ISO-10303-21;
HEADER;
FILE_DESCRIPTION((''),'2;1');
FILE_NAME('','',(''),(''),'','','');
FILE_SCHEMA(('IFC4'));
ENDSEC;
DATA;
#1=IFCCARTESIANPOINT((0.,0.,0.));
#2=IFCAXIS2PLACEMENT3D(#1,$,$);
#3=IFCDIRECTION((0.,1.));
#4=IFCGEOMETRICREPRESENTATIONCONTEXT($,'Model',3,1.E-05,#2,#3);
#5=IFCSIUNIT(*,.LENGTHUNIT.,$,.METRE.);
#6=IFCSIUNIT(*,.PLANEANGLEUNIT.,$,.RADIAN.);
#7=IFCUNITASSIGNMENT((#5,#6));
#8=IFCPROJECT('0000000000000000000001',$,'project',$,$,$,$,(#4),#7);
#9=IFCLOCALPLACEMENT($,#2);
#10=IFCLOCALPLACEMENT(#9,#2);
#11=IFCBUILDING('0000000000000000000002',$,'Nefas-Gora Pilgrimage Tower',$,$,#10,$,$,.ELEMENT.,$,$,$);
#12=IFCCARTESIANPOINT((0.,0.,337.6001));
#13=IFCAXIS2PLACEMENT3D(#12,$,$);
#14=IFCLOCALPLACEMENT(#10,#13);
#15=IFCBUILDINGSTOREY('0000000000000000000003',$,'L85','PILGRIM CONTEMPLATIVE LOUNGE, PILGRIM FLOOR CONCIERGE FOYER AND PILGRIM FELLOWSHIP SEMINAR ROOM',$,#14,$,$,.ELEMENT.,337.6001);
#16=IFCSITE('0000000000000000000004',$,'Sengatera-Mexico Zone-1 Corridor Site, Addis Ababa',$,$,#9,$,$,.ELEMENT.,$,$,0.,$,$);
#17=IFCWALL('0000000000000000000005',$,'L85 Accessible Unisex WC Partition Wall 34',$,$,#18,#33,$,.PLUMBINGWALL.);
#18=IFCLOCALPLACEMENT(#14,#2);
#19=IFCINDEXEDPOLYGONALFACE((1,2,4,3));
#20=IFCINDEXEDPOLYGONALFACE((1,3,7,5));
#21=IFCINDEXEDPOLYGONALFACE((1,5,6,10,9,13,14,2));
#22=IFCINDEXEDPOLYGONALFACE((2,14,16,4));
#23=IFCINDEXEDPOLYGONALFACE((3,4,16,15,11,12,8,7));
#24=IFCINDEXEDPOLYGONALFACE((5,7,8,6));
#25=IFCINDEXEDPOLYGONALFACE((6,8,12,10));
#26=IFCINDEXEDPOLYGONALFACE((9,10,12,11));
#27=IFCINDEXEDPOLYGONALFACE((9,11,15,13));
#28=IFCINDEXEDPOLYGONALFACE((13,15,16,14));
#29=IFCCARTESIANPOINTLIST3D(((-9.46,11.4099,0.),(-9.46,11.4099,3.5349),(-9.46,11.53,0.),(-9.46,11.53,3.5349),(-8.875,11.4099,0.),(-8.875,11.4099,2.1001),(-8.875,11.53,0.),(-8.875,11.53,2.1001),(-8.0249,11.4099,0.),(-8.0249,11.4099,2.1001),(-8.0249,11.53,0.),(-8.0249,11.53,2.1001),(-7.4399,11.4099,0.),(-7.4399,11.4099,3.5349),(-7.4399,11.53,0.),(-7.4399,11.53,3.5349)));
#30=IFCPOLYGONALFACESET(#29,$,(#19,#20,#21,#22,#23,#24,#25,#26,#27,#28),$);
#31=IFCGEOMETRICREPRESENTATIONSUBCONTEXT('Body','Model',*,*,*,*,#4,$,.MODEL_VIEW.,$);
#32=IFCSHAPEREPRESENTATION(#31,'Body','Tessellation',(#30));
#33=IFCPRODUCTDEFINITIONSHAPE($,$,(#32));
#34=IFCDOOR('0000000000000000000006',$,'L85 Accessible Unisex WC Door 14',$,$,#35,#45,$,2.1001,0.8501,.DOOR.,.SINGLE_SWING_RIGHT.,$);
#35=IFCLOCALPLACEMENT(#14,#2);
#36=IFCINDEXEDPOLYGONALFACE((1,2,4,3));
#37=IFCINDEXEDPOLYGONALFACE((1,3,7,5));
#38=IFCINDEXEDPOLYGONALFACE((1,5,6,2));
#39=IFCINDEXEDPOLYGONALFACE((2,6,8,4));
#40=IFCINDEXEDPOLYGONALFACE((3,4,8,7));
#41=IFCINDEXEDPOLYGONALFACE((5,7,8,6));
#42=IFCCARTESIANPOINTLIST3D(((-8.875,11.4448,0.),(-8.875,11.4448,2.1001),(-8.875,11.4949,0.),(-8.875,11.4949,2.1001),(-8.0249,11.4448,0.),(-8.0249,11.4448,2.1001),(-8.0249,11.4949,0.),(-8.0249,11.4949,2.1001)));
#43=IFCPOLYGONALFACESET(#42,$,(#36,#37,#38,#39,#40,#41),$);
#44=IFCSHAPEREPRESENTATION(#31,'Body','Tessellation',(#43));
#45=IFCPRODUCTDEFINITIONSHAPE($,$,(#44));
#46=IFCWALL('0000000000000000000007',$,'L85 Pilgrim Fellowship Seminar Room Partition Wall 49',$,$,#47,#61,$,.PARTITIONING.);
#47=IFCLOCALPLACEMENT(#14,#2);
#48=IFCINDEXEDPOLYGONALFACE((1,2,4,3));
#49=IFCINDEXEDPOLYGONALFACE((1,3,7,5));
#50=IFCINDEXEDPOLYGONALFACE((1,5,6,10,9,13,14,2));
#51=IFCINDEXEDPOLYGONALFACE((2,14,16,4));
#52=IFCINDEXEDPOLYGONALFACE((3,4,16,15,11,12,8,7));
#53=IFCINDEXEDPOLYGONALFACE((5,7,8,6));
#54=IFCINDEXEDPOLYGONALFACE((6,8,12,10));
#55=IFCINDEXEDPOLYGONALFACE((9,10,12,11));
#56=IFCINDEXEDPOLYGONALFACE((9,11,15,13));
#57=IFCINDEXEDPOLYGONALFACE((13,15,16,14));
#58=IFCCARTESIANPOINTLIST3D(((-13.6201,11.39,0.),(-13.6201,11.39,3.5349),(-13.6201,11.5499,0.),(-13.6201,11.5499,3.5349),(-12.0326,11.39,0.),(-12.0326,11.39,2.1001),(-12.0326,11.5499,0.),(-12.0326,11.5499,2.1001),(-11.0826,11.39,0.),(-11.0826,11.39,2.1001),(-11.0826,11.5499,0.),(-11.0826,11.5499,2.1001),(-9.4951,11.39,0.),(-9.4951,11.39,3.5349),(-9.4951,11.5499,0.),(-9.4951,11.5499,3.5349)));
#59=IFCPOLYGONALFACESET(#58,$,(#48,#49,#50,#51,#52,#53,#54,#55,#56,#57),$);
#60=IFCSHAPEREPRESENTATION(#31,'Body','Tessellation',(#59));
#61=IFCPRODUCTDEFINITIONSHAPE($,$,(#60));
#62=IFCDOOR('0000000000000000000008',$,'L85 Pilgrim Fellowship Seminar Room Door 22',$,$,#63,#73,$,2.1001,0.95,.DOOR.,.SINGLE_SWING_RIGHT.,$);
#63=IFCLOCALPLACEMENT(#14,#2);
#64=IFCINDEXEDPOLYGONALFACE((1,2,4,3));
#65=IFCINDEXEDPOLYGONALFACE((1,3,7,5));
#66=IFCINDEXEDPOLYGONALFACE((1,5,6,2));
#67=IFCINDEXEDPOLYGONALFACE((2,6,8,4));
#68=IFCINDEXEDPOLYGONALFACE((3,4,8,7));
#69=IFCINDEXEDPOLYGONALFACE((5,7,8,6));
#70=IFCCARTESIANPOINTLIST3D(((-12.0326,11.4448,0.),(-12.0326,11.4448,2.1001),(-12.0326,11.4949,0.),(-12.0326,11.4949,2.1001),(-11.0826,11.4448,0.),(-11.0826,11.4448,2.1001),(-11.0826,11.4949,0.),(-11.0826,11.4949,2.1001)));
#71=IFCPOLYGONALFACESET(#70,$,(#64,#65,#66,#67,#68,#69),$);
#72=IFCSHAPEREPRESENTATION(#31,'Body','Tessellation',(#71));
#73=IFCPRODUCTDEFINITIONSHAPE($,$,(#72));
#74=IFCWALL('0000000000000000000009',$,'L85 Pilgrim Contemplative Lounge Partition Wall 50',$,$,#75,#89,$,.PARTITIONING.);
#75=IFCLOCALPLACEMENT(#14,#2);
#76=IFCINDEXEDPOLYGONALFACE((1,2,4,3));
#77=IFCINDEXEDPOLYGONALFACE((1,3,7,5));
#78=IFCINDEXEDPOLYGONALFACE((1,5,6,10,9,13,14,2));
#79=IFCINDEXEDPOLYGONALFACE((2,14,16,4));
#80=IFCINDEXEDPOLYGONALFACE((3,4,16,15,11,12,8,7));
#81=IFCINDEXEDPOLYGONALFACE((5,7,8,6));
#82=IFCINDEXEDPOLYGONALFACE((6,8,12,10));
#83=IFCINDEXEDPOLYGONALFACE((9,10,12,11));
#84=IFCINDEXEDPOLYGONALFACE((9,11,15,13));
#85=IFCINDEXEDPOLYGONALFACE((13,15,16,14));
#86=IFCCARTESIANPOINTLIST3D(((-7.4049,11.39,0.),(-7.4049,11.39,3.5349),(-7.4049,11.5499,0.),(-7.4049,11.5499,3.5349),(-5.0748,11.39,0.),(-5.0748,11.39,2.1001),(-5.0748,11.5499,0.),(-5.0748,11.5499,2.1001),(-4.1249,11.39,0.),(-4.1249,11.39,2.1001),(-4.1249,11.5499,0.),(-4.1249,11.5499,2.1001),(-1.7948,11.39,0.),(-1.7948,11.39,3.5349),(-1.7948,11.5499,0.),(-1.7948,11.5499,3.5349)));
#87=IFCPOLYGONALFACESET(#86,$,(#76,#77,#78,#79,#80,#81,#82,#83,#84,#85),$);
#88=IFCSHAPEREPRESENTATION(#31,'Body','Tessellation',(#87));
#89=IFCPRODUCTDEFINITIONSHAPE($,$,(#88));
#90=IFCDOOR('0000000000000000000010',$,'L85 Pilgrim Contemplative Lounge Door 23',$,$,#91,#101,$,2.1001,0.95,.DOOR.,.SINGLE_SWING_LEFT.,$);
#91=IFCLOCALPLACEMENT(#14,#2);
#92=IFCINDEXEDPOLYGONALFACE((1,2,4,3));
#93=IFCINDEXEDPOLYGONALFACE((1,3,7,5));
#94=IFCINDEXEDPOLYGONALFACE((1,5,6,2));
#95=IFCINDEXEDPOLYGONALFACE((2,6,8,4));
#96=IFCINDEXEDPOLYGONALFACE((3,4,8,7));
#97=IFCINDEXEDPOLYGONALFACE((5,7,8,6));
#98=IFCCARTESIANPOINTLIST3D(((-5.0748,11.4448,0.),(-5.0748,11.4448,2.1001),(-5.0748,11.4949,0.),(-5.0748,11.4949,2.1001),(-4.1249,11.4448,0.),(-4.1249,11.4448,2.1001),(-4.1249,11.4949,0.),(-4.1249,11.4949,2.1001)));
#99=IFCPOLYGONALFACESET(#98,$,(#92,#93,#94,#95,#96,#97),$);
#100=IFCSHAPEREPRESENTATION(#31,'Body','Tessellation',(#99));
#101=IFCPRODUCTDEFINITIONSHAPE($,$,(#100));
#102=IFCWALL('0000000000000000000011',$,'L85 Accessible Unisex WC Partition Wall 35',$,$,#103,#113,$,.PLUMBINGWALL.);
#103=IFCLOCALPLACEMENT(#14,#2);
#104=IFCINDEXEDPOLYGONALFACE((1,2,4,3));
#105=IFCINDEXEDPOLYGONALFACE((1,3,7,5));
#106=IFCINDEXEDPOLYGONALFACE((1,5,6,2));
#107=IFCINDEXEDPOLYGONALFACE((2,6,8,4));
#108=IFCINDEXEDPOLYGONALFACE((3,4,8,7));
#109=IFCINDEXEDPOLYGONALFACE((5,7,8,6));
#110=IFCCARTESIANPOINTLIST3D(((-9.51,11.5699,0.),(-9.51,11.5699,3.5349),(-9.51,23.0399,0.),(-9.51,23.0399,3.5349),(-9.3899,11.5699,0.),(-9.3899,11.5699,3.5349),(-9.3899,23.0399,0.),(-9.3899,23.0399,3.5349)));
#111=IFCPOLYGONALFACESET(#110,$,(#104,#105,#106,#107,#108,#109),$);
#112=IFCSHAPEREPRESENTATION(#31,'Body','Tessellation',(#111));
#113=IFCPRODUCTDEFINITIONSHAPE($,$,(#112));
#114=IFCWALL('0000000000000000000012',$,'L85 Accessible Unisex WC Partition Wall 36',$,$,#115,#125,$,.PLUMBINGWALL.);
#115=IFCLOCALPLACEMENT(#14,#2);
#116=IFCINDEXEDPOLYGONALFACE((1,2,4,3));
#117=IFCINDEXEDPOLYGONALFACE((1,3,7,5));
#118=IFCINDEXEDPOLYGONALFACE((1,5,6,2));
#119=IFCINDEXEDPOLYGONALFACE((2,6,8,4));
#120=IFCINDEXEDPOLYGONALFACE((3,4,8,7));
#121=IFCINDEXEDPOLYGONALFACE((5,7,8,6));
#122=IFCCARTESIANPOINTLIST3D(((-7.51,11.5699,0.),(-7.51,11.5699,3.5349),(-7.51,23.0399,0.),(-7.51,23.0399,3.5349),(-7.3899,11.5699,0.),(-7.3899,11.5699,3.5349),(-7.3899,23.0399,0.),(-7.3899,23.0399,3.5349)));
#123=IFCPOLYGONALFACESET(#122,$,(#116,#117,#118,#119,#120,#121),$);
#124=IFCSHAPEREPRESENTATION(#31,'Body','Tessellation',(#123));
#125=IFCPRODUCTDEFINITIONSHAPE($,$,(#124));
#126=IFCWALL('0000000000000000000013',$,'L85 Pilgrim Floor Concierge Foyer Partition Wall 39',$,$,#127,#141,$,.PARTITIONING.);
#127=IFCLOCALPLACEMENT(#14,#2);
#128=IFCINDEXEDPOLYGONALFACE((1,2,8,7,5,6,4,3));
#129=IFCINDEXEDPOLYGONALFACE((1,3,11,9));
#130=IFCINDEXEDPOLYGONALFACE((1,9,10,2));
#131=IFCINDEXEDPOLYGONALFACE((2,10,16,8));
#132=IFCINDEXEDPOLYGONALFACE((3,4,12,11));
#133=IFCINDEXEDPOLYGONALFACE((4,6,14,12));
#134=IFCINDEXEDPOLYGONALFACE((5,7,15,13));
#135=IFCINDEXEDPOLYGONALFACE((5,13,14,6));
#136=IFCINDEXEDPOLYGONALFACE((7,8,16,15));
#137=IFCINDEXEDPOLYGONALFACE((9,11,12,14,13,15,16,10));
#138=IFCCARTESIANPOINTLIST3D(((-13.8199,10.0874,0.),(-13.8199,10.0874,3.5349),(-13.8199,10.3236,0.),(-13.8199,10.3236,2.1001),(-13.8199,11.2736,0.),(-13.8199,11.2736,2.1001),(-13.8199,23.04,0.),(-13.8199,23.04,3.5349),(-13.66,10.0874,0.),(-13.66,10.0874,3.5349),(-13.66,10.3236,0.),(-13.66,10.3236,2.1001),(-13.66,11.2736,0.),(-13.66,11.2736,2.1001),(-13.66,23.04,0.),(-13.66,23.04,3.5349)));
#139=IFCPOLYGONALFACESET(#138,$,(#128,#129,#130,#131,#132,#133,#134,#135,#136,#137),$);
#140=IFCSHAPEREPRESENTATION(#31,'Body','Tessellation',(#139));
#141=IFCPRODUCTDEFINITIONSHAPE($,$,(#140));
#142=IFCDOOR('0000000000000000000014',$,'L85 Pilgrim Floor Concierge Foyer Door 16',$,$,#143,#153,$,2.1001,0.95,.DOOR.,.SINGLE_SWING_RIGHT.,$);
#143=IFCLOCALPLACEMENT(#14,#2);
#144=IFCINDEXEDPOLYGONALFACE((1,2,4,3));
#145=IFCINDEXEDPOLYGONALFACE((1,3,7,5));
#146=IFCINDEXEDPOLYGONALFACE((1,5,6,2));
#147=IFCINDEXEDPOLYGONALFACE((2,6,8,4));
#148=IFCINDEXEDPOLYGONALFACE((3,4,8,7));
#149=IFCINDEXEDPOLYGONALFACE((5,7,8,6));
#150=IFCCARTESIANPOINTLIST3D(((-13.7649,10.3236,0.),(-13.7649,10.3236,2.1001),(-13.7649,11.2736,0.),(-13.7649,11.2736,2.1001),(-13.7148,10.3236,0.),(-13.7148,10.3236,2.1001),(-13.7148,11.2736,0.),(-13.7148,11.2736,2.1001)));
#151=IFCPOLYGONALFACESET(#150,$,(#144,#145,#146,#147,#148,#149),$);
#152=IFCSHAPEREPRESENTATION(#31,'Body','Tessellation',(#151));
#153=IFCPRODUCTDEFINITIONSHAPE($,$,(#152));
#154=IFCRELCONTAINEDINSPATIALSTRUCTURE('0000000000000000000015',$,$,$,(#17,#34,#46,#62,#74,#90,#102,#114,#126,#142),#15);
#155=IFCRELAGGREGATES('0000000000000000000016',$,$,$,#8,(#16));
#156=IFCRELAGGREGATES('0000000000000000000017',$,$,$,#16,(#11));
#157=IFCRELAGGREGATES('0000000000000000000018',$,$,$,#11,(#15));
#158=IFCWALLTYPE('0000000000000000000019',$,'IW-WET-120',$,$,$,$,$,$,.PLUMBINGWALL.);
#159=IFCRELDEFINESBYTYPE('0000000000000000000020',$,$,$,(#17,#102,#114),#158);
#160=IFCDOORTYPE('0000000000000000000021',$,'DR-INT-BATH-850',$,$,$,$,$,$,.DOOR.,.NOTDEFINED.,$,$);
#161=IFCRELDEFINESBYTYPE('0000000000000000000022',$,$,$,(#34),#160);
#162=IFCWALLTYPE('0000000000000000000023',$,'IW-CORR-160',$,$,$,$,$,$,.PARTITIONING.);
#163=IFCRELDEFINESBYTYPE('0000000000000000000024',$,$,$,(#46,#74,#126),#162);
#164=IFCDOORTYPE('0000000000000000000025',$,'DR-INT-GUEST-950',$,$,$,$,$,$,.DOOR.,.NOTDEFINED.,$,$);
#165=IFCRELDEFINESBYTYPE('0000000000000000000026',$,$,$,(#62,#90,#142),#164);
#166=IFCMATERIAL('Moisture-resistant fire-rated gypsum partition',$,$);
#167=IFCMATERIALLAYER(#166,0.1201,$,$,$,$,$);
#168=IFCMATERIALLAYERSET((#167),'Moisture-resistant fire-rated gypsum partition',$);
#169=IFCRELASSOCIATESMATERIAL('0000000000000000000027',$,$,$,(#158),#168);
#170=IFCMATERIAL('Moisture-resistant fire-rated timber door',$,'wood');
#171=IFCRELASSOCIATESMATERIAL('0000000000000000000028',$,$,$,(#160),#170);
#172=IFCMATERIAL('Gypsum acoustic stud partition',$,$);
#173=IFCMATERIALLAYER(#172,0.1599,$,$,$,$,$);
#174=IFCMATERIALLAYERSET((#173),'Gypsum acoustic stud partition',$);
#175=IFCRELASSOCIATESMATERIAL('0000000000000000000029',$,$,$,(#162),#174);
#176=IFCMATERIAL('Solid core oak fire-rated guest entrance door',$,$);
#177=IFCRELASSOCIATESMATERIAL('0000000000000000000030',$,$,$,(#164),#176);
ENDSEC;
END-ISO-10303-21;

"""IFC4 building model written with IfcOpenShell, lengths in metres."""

from ifc_helpers import new_model, si_unit, direction, frame, frame_2d, origin, place, context, subcontext, project, spatial, rectangle, extrude, source, transform, mapped, material, layer, layer_set, type_object, element, fill, save


model = new_model("IFC4")

# Units and contexts
model_context = context("Model", 3, precision=1e-05, world=origin(), true_north=direction((0.0, 1.0)))
body_context = subcontext(model_context, "Body", "Model", "MODEL_VIEW")
ifc_project = project(units=[si_unit("LENGTHUNIT", "METRE"), si_unit("PLANEANGLEUNIT", "RADIAN")], contexts=[model_context])

# Site, building, storey
site_placement = place(None, origin())
site = spatial("IfcSite", under=ifc_project, at=site_placement, Name="Sengatera-Mexico Zone-1 Corridor Site, Addis Ababa", CompositionType="ELEMENT", RefElevation=0.0)
building_placement = place(site_placement, origin())
building = spatial("IfcBuilding", under=site, at=building_placement, Name="Nefas-Gora Pilgrimage Tower", CompositionType="ELEMENT")
storey_placement = place(building_placement, frame((0.0, 0.0, 337.6001)))
storey = spatial("IfcBuildingStorey", under=building, at=storey_placement, Name="L85", Description="PILGRIM CONTEMPLATIVE LOUNGE, PILGRIM FLOOR CONCIERGE FOYER AND PILGRIM FELLOWSHIP SEMINAR ROOM", CompositionType="ELEMENT", Elevation=337.6001)

# Walls, openings, doors
ifc_material_1 = material(Name="Moisture-resistant fire-rated gypsum partition")
ifc_layer_1 = layer(ifc_material_1, 0.1201)
ifc_layer_set_1 = layer_set([ifc_layer_1], Name="Moisture-resistant fire-rated gypsum partition")
wall_type_1 = type_object("IfcWallType", Name="IW-WET-120", PredefinedType="PLUMBINGWALL", material=ifc_layer_set_1)
shared_shape_1 = source(origin(), body_context, "Body", "SweptSolid", [
    extrude(rectangle(XDim=2.02, YDim=0.1201, at=frame_2d((1.01, 0.0))), origin(), (0.0, 0.0, 1.0), 3.5349),
])
wall_1_placement = place(storey_placement, frame((-9.46, 11.47, 0.0), z_axis=(0.0, 0.0, 1.0), x_axis=(1.0, 0.0, 0.0)))
wall_1 = element("IfcWall", 1, at=wall_1_placement, inside=storey, type_object=wall_type_1, Name="L85 Accessible Unisex WC Partition Wall 34", PredefinedType="PLUMBINGWALL", context=body_context, shape_type="MappedRepresentation", body=[
    mapped(shared_shape_1, transform((0.0, 0.0, 0.0), x_axis=(1.0, 0.0, 0.0), y_axis=(0.0, 1.0, 0.0), z_axis=(0.0, 0.0, 1.0), scale=1.0)),
])
opening_1_placement = place(wall_1_placement, frame((0.585, 0.0, 0.0)))
opening_1 = element("IfcOpeningElement", 2, at=opening_1_placement, cuts=wall_1, PredefinedType="OPENING", context=body_context, shape_type="SweptSolid", body=[
    extrude(rectangle(XDim=0.8501, YDim=2.1001, at=frame_2d((0.425, 1.05))), frame((0.0, 0.0701, 0.0), z_axis=(0.0, -1.0, 0.0), x_axis=(1.0, 0.0, 0.0)), (0.0, 0.0, 1.0), 0.1401),
])
ifc_material_2 = material(Name="Moisture-resistant fire-rated timber door", Category="wood")
door_type_1 = type_object("IfcDoorType", Name="DR-INT-BATH-850", OperationType="NOTDEFINED", PredefinedType="DOOR", material=ifc_material_2)
shared_shape_2 = source(origin(), body_context, "Body", "SweptSolid", [
    extrude(rectangle(XDim=0.8501, YDim=2.1001, at=frame_2d((0.425, 1.05))), frame((0.0, 0.0249, 0.0), z_axis=(0.0, -1.0, 0.0), x_axis=(1.0, 0.0, 0.0)), (0.0, 0.0, 1.0), 0.05),
])
door_1_placement = place(opening_1_placement, origin())
door_1 = element("IfcDoor", 3, at=door_1_placement, inside=storey, type_object=door_type_1, Name="L85 Accessible Unisex WC Door 14", OperationType="SINGLE_SWING_RIGHT", OverallHeight=2.1001, OverallWidth=0.8501, PredefinedType="DOOR", context=body_context, shape_type="MappedRepresentation", body=[
    mapped(shared_shape_2, transform((0.0, 0.0, 0.0), x_axis=(1.0, 0.0, 0.0), y_axis=(0.0, 1.0, 0.0), z_axis=(0.0, 0.0, 1.0), scale=1.0)),
])
fill(opening_1, door_1)
ifc_material_3 = material(Name="Gypsum acoustic stud partition")
ifc_layer_2 = layer(ifc_material_3, 0.1599)
ifc_layer_set_2 = layer_set([ifc_layer_2], Name="Gypsum acoustic stud partition")
wall_type_2 = type_object("IfcWallType", Name="IW-CORR-160", PredefinedType="PARTITIONING", material=ifc_layer_set_2)
shared_shape_3 = source(origin(), body_context, "Body", "SweptSolid", [
    extrude(rectangle(XDim=4.125, YDim=0.1599, at=frame_2d((2.0625, 0.0))), origin(), (0.0, 0.0, 1.0), 3.5349),
])
wall_2_placement = place(storey_placement, frame((-13.6201, 11.47, 0.0), z_axis=(0.0, 0.0, 1.0), x_axis=(1.0, 0.0, 0.0)))
wall_2 = element("IfcWall", 4, at=wall_2_placement, inside=storey, type_object=wall_type_2, Name="L85 Pilgrim Fellowship Seminar Room Partition Wall 49", PredefinedType="PARTITIONING", context=body_context, shape_type="MappedRepresentation", body=[
    mapped(shared_shape_3, transform((0.0, 0.0, 0.0), x_axis=(1.0, 0.0, 0.0), y_axis=(0.0, 1.0, 0.0), z_axis=(0.0, 0.0, 1.0), scale=1.0)),
])
opening_2_placement = place(wall_2_placement, frame((1.5874, 0.0, 0.0)))
opening_2 = element("IfcOpeningElement", 5, at=opening_2_placement, cuts=wall_2, PredefinedType="OPENING", context=body_context, shape_type="SweptSolid", body=[
    extrude(rectangle(XDim=0.95, YDim=2.1001, at=frame_2d((0.4751, 1.05))), frame((0.0, 0.0898, 0.0), z_axis=(0.0, -1.0, 0.0), x_axis=(1.0, 0.0, 0.0)), (0.0, 0.0, 1.0), 0.1799),
])
ifc_material_4 = material(Name="Solid core oak fire-rated guest entrance door")
door_type_2 = type_object("IfcDoorType", Name="DR-INT-GUEST-950", OperationType="NOTDEFINED", PredefinedType="DOOR", material=ifc_material_4)
shared_shape_4 = source(origin(), body_context, "Body", "SweptSolid", [
    extrude(rectangle(XDim=0.95, YDim=2.1001, at=frame_2d((0.4751, 1.05))), frame((0.0, 0.0249, 0.0), z_axis=(0.0, -1.0, 0.0), x_axis=(1.0, 0.0, 0.0)), (0.0, 0.0, 1.0), 0.05),
])
door_2_placement = place(opening_2_placement, origin())
door_2 = element("IfcDoor", 6, at=door_2_placement, inside=storey, type_object=door_type_2, Name="L85 Pilgrim Fellowship Seminar Room Door 22", OperationType="SINGLE_SWING_RIGHT", OverallHeight=2.1001, OverallWidth=0.95, PredefinedType="DOOR", context=body_context, shape_type="MappedRepresentation", body=[
    mapped(shared_shape_4, transform((0.0, 0.0, 0.0), x_axis=(1.0, 0.0, 0.0), y_axis=(0.0, 1.0, 0.0), z_axis=(0.0, 0.0, 1.0), scale=1.0)),
])
fill(opening_2, door_2)
shared_shape_5 = source(origin(), body_context, "Body", "SweptSolid", [
    extrude(rectangle(XDim=5.6101, YDim=0.1599, at=frame_2d((2.8052, 0.0))), origin(), (0.0, 0.0, 1.0), 3.5349),
])
wall_3_placement = place(storey_placement, frame((-7.405, 11.47, 0.0), z_axis=(0.0, 0.0, 1.0), x_axis=(1.0, 0.0, 0.0)))
wall_3 = element("IfcWall", 7, at=wall_3_placement, inside=storey, type_object=wall_type_2, Name="L85 Pilgrim Contemplative Lounge Partition Wall 50", PredefinedType="PARTITIONING", context=body_context, shape_type="MappedRepresentation", body=[
    mapped(shared_shape_5, transform((0.0, 0.0, 0.0), x_axis=(1.0, 0.0, 0.0), y_axis=(0.0, 1.0, 0.0), z_axis=(0.0, 0.0, 1.0), scale=1.0)),
])
opening_3_placement = place(wall_3_placement, frame((2.3301, 0.0, 0.0)))
opening_3 = element("IfcOpeningElement", 8, at=opening_3_placement, cuts=wall_3, PredefinedType="OPENING", context=body_context, shape_type="SweptSolid", body=[
    extrude(rectangle(XDim=0.95, YDim=2.1001, at=frame_2d((0.4751, 1.05))), frame((0.0, 0.0898, 0.0), z_axis=(0.0, -1.0, 0.0), x_axis=(1.0, 0.0, 0.0)), (0.0, 0.0, 1.0), 0.1799),
])
door_3_placement = place(opening_3_placement, origin())
door_3 = element("IfcDoor", 9, at=door_3_placement, inside=storey, type_object=door_type_2, Name="L85 Pilgrim Contemplative Lounge Door 23", OperationType="SINGLE_SWING_LEFT", OverallHeight=2.1001, OverallWidth=0.95, PredefinedType="DOOR", context=body_context, shape_type="MappedRepresentation", body=[
    mapped(shared_shape_4, transform((0.0, 0.0, 0.0), x_axis=(1.0, 0.0, 0.0), y_axis=(0.0, 1.0, 0.0), z_axis=(0.0, 0.0, 1.0), scale=1.0)),
])
fill(opening_3, door_3)

# Walls
shared_shape_6 = source(origin(), body_context, "Body", "SweptSolid", [
    extrude(rectangle(XDim=11.47, YDim=0.1201, at=frame_2d((5.7349, 0.0))), origin(), (0.0, 0.0, 1.0), 3.5349),
])
for number, where, z_axis, x_axis, name in (
    (10, (-9.45, 11.5701, 0.0), (0.0, 0.0, 1.0), (0.0, 1.0, 0.0), "L85 Accessible Unisex WC Partition Wall 35"),
    (11, (-7.45, 11.5701, 0.0), (0.0, 0.0, 1.0), (0.0, 1.0, 0.0), "L85 Accessible Unisex WC Partition Wall 36"),
):
    element("IfcWall", number, at=place(storey_placement, frame(where, z_axis=z_axis, x_axis=x_axis)), inside=storey, type_object=wall_type_1, Name=name, PredefinedType="PLUMBINGWALL", context=body_context, shape_type="MappedRepresentation", body=[
        mapped(shared_shape_6, transform((0.0, 0.0, 0.0), x_axis=(1.0, 0.0, 0.0), y_axis=(0.0, 1.0, 0.0), z_axis=(0.0, 0.0, 1.0), scale=1.0)),
    ])

# Wall, opening, door
shared_shape_7 = source(origin(), body_context, "Body", "SweptSolid", [
    extrude(rectangle(XDim=12.9526, YDim=0.1599, at=frame_2d((6.4763, 0.0))), origin(), (0.0, 0.0, 1.0), 3.5349),
])
wall_4_placement = place(storey_placement, frame((-13.74, 10.0874, 0.0), z_axis=(0.0, 0.0, 1.0), x_axis=(0.0, 1.0, 0.0)))
wall_4 = element("IfcWall", 12, at=wall_4_placement, inside=storey, type_object=wall_type_2, Name="L85 Pilgrim Floor Concierge Foyer Partition Wall 39", PredefinedType="PARTITIONING", context=body_context, shape_type="MappedRepresentation", body=[
    mapped(shared_shape_7, transform((0.0, 0.0, 0.0), x_axis=(1.0, 0.0, 0.0), y_axis=(0.0, 1.0, 0.0), z_axis=(0.0, 0.0, 1.0), scale=1.0)),
])
opening_4_placement = place(wall_4_placement, frame((0.2361, 0.0, 0.0)))
opening_4 = element("IfcOpeningElement", 13, at=opening_4_placement, cuts=wall_4, PredefinedType="OPENING", context=body_context, shape_type="SweptSolid", body=[
    extrude(rectangle(XDim=0.95, YDim=2.1001, at=frame_2d((0.4751, 1.05))), frame((0.0, 0.0898, 0.0), z_axis=(0.0, -1.0, 0.0), x_axis=(1.0, 0.0, 0.0)), (0.0, 0.0, 1.0), 0.1799),
])
door_4_placement = place(opening_4_placement, origin())
door_4 = element("IfcDoor", 14, at=door_4_placement, inside=storey, type_object=door_type_2, Name="L85 Pilgrim Floor Concierge Foyer Door 16", OperationType="SINGLE_SWING_RIGHT", OverallHeight=2.1001, OverallWidth=0.95, PredefinedType="DOOR", context=body_context, shape_type="MappedRepresentation", body=[
    mapped(shared_shape_4, transform((0.0, 0.0, 0.0), x_axis=(1.0, 0.0, 0.0), y_axis=(0.0, 1.0, 0.0), z_axis=(0.0, 0.0, 1.0), scale=1.0)),
])
fill(opening_4, door_4)

save(model, "model.ifc")
